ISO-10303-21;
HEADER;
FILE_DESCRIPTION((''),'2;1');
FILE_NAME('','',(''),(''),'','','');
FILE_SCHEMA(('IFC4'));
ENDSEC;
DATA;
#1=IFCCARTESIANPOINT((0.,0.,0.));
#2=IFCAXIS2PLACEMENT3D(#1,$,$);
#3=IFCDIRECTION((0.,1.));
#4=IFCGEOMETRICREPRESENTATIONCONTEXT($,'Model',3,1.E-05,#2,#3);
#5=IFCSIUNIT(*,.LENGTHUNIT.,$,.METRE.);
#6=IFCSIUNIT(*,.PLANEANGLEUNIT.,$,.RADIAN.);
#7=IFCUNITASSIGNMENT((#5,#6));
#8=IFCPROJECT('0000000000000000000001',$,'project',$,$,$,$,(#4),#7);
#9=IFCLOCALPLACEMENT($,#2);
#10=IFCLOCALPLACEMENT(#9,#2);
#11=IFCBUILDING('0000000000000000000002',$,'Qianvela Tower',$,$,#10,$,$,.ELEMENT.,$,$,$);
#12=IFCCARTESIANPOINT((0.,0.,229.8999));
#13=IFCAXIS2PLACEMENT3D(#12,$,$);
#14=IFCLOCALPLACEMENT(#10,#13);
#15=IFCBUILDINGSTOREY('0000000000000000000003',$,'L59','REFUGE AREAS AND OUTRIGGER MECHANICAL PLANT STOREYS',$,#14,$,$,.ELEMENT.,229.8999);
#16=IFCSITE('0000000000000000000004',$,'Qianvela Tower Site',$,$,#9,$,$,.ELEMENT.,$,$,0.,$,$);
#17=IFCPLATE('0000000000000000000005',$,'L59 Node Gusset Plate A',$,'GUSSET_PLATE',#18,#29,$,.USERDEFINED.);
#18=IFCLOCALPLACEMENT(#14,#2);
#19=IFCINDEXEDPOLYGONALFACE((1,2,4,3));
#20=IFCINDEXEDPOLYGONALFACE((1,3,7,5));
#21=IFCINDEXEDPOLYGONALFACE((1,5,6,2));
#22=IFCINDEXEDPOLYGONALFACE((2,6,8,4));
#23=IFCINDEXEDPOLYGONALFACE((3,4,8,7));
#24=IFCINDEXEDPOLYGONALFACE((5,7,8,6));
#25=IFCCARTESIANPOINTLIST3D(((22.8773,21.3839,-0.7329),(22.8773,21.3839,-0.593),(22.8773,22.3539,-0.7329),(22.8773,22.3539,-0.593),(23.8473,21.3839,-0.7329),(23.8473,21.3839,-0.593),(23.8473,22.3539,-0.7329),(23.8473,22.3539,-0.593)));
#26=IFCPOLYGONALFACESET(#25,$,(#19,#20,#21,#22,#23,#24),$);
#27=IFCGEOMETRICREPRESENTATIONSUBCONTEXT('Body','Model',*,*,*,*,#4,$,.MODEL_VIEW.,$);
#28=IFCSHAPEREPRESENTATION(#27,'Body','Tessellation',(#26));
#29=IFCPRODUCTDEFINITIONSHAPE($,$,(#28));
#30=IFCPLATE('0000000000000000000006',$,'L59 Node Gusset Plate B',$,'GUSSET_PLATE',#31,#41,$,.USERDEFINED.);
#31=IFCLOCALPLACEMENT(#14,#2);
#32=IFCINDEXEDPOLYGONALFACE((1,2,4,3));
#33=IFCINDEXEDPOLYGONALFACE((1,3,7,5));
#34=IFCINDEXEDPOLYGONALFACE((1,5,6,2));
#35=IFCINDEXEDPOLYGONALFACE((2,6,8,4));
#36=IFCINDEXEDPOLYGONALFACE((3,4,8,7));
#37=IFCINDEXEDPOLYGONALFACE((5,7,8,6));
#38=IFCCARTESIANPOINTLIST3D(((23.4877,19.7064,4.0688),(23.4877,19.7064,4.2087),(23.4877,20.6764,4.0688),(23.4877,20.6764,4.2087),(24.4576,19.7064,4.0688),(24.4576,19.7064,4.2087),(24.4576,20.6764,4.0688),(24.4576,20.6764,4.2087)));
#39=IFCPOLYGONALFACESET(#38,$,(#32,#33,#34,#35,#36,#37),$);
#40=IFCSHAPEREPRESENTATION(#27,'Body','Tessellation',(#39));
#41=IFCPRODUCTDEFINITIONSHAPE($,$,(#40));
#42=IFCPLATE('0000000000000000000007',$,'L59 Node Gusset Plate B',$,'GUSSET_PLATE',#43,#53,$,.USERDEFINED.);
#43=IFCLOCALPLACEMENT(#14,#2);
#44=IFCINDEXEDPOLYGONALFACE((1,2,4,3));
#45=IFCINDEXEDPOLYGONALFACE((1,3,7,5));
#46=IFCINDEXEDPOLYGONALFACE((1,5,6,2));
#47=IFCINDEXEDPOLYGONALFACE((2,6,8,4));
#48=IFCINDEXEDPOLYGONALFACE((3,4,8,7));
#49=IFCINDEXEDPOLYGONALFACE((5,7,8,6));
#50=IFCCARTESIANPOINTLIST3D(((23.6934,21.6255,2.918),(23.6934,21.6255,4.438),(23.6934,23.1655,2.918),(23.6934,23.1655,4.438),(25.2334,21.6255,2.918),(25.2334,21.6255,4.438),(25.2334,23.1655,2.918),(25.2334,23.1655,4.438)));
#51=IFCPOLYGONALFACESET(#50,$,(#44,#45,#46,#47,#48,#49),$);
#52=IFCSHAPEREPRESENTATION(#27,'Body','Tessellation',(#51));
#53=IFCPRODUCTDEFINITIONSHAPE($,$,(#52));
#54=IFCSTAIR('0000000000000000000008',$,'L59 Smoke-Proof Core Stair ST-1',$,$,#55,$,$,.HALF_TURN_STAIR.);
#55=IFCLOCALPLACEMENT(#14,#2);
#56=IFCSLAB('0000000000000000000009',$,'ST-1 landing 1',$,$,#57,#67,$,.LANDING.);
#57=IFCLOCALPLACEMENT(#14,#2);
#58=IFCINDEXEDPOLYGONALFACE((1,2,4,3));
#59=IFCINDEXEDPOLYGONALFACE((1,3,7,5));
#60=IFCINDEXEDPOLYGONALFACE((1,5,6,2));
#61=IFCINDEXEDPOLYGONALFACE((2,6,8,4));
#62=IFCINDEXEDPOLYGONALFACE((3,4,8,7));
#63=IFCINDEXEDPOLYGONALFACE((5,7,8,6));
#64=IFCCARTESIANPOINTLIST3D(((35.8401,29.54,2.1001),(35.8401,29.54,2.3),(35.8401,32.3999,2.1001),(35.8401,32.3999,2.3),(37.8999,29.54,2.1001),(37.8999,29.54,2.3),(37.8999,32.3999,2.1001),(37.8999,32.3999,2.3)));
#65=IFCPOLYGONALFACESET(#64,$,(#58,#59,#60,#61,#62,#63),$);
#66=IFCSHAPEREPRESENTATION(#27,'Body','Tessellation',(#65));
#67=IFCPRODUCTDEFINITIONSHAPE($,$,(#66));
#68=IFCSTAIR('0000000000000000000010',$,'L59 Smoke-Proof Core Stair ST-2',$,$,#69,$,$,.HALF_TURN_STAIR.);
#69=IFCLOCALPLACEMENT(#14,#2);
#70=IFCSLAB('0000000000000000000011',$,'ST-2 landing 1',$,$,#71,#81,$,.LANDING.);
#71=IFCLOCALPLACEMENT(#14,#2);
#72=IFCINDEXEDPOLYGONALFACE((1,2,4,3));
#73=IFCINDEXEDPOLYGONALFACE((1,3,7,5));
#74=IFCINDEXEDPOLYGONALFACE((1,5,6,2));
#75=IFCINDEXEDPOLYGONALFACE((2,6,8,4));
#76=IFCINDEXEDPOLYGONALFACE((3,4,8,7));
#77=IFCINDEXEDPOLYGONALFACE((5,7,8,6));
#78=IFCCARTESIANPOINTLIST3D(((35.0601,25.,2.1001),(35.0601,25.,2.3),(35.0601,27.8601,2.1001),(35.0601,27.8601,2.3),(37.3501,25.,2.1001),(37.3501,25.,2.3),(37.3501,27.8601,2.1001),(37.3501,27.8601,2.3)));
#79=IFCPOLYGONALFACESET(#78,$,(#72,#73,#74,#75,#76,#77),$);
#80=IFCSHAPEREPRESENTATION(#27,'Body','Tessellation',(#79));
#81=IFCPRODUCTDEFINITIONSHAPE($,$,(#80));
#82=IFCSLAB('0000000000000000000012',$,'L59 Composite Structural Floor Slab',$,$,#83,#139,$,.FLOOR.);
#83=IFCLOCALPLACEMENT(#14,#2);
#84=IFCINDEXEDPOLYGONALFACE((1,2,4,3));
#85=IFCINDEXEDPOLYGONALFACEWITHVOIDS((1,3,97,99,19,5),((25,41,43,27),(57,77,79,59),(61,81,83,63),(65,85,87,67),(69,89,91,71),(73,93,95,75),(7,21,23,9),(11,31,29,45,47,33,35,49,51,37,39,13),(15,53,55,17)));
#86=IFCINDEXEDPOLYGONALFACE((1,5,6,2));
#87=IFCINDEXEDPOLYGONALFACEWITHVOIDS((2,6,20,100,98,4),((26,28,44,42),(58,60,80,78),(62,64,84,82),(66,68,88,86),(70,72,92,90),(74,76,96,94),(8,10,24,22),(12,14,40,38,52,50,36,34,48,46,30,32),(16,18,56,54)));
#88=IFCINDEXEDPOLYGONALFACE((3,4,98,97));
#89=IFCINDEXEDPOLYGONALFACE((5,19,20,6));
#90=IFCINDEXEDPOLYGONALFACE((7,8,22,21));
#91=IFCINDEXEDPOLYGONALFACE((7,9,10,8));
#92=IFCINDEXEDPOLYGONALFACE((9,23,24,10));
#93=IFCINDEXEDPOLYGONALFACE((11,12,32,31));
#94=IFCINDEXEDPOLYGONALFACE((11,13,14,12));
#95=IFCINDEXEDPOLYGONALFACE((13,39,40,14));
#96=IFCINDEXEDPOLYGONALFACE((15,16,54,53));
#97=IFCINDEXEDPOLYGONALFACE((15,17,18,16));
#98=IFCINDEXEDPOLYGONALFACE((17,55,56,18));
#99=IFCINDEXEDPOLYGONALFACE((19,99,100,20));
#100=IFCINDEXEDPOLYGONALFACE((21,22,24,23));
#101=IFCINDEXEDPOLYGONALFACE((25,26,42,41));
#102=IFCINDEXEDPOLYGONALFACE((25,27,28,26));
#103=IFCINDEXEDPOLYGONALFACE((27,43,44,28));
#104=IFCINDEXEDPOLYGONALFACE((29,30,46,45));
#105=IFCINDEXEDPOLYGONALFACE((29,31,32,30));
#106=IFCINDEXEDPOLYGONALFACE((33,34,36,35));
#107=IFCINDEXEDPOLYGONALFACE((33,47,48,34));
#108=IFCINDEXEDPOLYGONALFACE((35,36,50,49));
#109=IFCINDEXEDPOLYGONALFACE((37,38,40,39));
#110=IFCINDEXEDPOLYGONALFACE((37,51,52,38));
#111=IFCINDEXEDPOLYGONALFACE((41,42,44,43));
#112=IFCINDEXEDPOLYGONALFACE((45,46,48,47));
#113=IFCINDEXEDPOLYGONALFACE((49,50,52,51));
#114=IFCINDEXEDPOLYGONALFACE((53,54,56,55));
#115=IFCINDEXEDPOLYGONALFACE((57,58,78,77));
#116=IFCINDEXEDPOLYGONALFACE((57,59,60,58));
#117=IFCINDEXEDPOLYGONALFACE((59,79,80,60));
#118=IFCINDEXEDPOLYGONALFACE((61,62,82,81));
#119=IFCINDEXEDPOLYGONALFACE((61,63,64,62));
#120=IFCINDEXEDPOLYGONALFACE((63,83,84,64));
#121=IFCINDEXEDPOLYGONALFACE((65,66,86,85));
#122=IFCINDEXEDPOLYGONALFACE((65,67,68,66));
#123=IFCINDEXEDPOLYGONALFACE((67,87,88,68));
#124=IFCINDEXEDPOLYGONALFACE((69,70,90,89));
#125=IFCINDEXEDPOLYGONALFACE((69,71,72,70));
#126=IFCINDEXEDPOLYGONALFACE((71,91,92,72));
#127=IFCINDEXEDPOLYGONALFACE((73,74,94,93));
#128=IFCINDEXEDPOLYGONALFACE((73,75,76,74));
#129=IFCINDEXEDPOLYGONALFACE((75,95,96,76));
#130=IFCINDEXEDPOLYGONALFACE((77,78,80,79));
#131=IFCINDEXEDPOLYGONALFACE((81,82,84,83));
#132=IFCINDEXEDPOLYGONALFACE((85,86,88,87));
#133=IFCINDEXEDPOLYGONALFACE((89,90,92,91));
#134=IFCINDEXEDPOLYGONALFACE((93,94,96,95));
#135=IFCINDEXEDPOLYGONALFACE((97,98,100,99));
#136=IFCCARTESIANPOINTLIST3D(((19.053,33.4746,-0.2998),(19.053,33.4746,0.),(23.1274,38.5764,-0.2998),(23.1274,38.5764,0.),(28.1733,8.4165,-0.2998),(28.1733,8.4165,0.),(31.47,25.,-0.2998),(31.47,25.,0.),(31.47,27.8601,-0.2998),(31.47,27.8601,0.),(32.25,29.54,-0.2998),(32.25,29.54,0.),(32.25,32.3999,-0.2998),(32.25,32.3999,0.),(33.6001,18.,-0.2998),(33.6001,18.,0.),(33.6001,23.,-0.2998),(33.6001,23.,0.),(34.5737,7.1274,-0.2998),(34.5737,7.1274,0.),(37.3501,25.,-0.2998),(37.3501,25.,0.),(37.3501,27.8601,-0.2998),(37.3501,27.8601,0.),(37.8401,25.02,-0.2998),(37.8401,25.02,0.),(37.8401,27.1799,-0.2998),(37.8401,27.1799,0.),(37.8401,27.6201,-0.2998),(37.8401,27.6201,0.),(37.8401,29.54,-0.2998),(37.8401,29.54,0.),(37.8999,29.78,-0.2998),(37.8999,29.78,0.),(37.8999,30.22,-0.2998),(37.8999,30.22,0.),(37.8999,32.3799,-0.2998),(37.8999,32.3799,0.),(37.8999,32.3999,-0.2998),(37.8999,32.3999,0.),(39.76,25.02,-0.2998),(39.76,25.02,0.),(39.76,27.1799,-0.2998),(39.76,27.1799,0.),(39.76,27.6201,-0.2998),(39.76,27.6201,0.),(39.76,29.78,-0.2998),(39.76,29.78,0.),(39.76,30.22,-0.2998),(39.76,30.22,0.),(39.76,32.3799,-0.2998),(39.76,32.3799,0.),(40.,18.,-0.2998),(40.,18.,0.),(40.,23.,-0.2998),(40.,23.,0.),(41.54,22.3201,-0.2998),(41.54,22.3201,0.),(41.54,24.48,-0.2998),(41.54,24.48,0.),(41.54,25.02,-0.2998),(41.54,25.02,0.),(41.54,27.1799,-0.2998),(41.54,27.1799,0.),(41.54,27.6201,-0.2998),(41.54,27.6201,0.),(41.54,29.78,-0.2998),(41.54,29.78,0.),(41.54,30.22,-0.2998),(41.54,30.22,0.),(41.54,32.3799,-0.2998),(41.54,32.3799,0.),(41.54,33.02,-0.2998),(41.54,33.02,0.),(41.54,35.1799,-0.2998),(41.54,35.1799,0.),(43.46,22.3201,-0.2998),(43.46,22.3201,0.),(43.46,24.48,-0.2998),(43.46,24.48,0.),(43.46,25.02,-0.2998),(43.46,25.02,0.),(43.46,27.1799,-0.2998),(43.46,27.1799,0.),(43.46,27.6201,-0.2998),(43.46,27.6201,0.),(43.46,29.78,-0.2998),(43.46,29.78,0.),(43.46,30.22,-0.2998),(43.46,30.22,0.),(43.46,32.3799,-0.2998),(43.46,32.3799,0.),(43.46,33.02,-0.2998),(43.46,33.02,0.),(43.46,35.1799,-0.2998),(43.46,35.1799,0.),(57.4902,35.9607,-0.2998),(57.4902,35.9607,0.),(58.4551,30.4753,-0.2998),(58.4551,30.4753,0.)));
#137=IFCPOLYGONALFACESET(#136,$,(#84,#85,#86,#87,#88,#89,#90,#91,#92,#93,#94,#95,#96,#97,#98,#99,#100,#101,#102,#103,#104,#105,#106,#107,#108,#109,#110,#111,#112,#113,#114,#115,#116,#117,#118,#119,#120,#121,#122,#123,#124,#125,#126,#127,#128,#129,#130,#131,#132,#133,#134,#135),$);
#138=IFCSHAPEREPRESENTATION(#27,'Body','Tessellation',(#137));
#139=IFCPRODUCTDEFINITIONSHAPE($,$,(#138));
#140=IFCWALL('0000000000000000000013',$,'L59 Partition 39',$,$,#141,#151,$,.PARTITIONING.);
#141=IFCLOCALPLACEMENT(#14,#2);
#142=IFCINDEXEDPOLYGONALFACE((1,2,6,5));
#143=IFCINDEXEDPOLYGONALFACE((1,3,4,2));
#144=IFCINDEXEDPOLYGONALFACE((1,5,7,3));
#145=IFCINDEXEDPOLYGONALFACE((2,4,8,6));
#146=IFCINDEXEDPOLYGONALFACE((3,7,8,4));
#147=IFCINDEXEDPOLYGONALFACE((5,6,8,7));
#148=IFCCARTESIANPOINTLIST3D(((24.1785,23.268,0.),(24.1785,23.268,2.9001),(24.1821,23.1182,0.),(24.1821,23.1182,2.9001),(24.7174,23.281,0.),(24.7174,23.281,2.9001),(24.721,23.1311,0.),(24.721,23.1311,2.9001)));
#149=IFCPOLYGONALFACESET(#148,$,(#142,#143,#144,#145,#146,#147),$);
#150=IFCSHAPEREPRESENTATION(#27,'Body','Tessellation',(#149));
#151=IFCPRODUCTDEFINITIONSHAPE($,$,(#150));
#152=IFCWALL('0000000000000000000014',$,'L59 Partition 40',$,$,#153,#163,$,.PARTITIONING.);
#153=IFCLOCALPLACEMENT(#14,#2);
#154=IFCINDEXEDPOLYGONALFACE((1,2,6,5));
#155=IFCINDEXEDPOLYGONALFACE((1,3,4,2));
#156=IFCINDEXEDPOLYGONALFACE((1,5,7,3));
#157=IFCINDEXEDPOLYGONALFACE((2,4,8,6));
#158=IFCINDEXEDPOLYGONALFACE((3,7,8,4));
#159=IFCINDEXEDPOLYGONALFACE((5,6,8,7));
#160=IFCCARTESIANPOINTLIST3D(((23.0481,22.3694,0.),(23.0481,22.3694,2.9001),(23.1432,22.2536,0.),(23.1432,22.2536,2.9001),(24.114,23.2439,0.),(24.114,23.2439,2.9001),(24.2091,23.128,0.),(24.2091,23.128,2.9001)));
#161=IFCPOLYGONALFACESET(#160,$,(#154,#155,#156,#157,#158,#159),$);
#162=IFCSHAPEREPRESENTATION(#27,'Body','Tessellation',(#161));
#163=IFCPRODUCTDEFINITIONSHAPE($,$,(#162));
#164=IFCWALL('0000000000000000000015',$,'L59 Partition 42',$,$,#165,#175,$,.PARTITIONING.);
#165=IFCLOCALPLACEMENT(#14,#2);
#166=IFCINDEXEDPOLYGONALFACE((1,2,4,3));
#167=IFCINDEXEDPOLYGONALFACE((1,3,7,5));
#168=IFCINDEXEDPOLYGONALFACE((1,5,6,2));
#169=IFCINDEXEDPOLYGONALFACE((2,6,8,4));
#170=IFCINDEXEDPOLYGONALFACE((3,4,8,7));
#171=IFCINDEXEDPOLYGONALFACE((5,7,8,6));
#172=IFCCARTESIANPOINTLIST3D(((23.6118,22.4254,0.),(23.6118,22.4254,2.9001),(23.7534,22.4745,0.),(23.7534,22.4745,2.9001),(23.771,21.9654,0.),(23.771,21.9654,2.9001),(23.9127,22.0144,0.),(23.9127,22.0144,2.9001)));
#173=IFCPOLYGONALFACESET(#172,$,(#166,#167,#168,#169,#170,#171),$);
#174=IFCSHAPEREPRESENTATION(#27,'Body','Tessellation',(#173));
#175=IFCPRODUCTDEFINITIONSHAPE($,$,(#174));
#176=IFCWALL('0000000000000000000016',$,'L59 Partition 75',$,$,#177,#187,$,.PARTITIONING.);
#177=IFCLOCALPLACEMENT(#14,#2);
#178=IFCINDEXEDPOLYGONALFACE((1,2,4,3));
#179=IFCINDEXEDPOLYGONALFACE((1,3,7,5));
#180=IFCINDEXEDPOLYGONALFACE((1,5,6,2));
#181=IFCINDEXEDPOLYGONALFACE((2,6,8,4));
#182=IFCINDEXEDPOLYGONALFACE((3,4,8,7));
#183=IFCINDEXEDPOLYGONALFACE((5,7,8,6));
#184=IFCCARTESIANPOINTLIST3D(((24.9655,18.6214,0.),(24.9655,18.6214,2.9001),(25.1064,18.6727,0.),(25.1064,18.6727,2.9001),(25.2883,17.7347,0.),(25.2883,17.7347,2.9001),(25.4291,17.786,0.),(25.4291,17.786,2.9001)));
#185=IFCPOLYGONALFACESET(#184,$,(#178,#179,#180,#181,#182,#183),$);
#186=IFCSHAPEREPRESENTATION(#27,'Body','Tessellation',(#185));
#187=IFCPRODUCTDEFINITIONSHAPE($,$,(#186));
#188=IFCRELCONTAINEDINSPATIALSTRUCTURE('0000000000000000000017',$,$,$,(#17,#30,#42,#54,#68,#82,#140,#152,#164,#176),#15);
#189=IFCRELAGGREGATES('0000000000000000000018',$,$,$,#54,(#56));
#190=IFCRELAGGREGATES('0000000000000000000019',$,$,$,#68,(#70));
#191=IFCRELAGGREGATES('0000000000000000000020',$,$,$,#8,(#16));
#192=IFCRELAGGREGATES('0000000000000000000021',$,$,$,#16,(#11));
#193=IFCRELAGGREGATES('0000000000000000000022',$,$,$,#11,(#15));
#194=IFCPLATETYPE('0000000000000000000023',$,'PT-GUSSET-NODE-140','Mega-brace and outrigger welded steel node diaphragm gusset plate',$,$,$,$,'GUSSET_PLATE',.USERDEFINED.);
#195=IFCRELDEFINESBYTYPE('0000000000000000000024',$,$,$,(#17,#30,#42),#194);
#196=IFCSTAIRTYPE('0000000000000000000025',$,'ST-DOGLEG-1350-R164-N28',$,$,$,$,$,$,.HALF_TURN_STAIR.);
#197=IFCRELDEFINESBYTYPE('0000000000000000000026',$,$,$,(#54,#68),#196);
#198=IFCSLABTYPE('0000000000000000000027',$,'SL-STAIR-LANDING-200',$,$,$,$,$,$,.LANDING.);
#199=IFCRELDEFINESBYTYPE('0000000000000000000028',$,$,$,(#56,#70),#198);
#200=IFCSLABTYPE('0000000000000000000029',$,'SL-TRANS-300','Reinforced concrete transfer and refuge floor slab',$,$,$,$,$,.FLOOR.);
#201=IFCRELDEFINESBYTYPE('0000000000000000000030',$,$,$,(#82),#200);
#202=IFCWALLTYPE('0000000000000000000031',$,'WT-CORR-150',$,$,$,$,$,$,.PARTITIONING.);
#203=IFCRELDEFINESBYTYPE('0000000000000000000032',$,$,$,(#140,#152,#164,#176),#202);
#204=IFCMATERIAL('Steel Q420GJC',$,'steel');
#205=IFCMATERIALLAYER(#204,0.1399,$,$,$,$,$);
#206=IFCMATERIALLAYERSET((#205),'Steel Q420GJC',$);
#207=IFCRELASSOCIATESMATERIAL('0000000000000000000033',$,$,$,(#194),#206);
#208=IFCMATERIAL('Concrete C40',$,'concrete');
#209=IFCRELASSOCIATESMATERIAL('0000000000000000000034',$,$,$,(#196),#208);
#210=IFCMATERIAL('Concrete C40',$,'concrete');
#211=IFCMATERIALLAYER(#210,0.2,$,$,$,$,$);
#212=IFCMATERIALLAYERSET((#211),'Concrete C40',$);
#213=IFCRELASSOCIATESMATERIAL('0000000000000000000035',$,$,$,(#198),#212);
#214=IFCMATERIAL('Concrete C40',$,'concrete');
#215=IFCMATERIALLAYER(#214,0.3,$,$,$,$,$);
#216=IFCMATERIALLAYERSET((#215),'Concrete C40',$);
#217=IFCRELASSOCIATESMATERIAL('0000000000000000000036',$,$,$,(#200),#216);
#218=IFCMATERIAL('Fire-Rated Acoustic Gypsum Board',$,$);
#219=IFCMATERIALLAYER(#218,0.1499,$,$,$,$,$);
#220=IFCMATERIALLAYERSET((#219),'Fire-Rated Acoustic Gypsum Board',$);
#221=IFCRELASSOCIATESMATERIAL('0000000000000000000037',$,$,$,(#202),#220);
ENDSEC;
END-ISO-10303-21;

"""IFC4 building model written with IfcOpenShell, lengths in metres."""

from ifc_helpers import new_model, si_unit, direction, frame, frame_2d, origin, origin_2d, place, context, subcontext, project, spatial, polyline, rectangle, outline, extrude, material, layer, layer_set, type_object, element, aggregate, save


model = new_model("IFC4")

# Units and contexts
model_context = context("Model", 3, precision=1e-05, world=origin(), true_north=direction((0.0, 1.0)))
body_context = subcontext(model_context, "Body", "Model", "MODEL_VIEW")
ifc_project = project(units=[si_unit("LENGTHUNIT", "METRE"), si_unit("PLANEANGLEUNIT", "RADIAN")], contexts=[model_context])

# Site, building, storey
site_placement = place(None, origin())
site = spatial("IfcSite", under=ifc_project, at=site_placement, Name="Qianvela Tower Site", CompositionType="ELEMENT", RefElevation=0.0)
building_placement = place(site_placement, origin())
building = spatial("IfcBuilding", under=site, at=building_placement, Name="Qianvela Tower", CompositionType="ELEMENT")
storey_placement = place(building_placement, frame((0.0, 0.0, 229.8999)))
storey = spatial("IfcBuildingStorey", under=building, at=storey_placement, Name="L59", Description="REFUGE AREAS AND OUTRIGGER MECHANICAL PLANT STOREYS", CompositionType="ELEMENT", Elevation=229.8999)

# Plates
ifc_material_1 = material(Name="Steel Q420GJC", Category="steel")
ifc_layer_1 = layer(ifc_material_1, 0.1399)
ifc_layer_set_1 = layer_set([ifc_layer_1], Name="Steel Q420GJC")
plate_type_1 = type_object("IfcPlateType", Name="PT-GUSSET-NODE-140", Description="Mega-brace and outrigger welded steel node diaphragm gusset plate", ElementType="GUSSET_PLATE", PredefinedType="USERDEFINED", material=ifc_layer_set_1)
for number, where, z_axis, x_axis, name in (
    (1, (23.3623, 21.8689, -0.7329), (0.0, 0.0, 1.0), (1.0, 0.0, 0.0), "L59 Node Gusset Plate A"),
    (2, (23.9727, 20.1914, 4.0688), (0.0, 0.0, 1.0), (1.0, 0.0, 0.0), "L59 Node Gusset Plate B"),
):
    element("IfcPlate", number, at=place(storey_placement, frame(where, z_axis=z_axis, x_axis=x_axis)), inside=storey, type_object=plate_type_1, Name=name, ObjectType="GUSSET_PLATE", PredefinedType="USERDEFINED", context=body_context, shape_type="SweptSolid", body=[
        extrude(rectangle(XDim=0.97, YDim=0.97, at=origin_2d()), origin(), (0.0, 0.0, 1.0), 0.1399),
    ])
plate_1_placement = place(storey_placement, frame((24.4634, 22.3955, 2.918), z_axis=(0.0, 0.0, 1.0), x_axis=(1.0, 0.0, 0.0)))
element("IfcPlate", 3, at=plate_1_placement, inside=storey, type_object=plate_type_1, Name="L59 Node Gusset Plate B", ObjectType="GUSSET_PLATE", PredefinedType="USERDEFINED", context=body_context, shape_type="SweptSolid", body=[
    extrude(rectangle(XDim=1.54, YDim=1.54, at=origin_2d()), origin(), (0.0, 0.0, 1.0), 1.52),
])

# Stairs, slabs
ifc_material_2 = material(Name="Concrete C40", Category="concrete")
stair_type = type_object("IfcStairType", Name="ST-DOGLEG-1350-R164-N28", PredefinedType="HALF_TURN_STAIR", material=ifc_material_2)
stair_1_placement = place(storey_placement, origin())
stair_1 = element("IfcStair", 4, at=stair_1_placement, inside=storey, type_object=stair_type, Name="L59 Smoke-Proof Core Stair ST-1", PredefinedType="HALF_TURN_STAIR")
ifc_material_3 = material(Name="Concrete C40", Category="concrete")
ifc_layer_2 = layer(ifc_material_3, 0.2)
ifc_layer_set_2 = layer_set([ifc_layer_2], Name="Concrete C40")
slab_type_1 = type_object("IfcSlabType", Name="SL-STAIR-LANDING-200", PredefinedType="LANDING", material=ifc_layer_set_2)
slab_1_placement = place(storey_placement, frame((0.0, 0.0, 2.1001)))
slab_1 = element("IfcSlab", 5, at=slab_1_placement, type_object=slab_type_1, Name="ST-1 landing 1", PredefinedType="LANDING", context=body_context, shape_type="SweptSolid", body=[
    extrude(outline(polyline([(35.8401, 29.54), (37.8999, 29.54), (37.8999, 32.3999), (35.8401, 32.3999), (35.8401, 29.54)])), origin(), (0.0, 0.0, 1.0), 0.2),
])
aggregate(stair_1, [slab_1])
stair_2_placement = place(storey_placement, origin())
stair_2 = element("IfcStair", 6, at=stair_2_placement, inside=storey, type_object=stair_type, Name="L59 Smoke-Proof Core Stair ST-2", PredefinedType="HALF_TURN_STAIR")
slab_2_placement = place(storey_placement, frame((0.0, 0.0, 2.1001)))
slab_2 = element("IfcSlab", 7, at=slab_2_placement, type_object=slab_type_1, Name="ST-2 landing 1", PredefinedType="LANDING", context=body_context, shape_type="SweptSolid", body=[
    extrude(outline(polyline([(35.0601, 25.0), (37.3501, 25.0), (37.3501, 27.8601), (35.0601, 27.8601), (35.0601, 25.0)])), origin(), (0.0, 0.0, 1.0), 0.2),
])
aggregate(stair_2, [slab_2])

# Slab
ifc_material_4 = material(Name="Concrete C40", Category="concrete")
ifc_layer_3 = layer(ifc_material_4, 0.3)
ifc_layer_set_3 = layer_set([ifc_layer_3], Name="Concrete C40")
slab_type_2 = type_object("IfcSlabType", Name="SL-TRANS-300", Description="Reinforced concrete transfer and refuge floor slab", PredefinedType="FLOOR", material=ifc_layer_set_3)
slab_3_placement = place(storey_placement, frame((0.0, 0.0, -0.2998)))
element("IfcSlab", 8, at=slab_3_placement, inside=storey, type_object=slab_type_2, Name="L59 Composite Structural Floor Slab", PredefinedType="FLOOR", context=body_context, shape_type="SweptSolid", body=[
    extrude(outline(polyline([(58.4551, 30.4753), (57.4902, 35.9607), (23.1274, 38.5764), (19.053, 33.4746), (28.1733, 8.4165), (34.5737, 7.1274), (58.4551, 30.4753)]), holes=[polyline([(40.0, 23.0), (33.6001, 23.0), (33.6001, 18.0), (40.0, 18.0), (40.0, 23.0)]), polyline([(39.76, 27.1799), (37.8401, 27.1799), (37.8401, 25.02), (39.76, 25.02), (39.76, 27.1799)]), polyline([(37.3501, 27.8601), (31.47, 27.8601), (31.47, 25.0), (37.3501, 25.0), (37.3501, 27.8601)]), polyline([(37.8401, 27.6201), (39.76, 27.6201), (39.76, 29.78), (37.8999, 29.78), (37.8999, 30.22), (39.76, 30.22), (39.76, 32.3799), (37.8999, 32.3799), (37.8999, 32.3999), (32.25, 32.3999), (32.25, 29.54), (37.8401, 29.54), (37.8401, 27.6201)]), polyline([(43.46, 22.3201), (43.46, 24.48), (41.54, 24.48), (41.54, 22.3201), (43.46, 22.3201)]), polyline([(43.46, 25.02), (43.46, 27.1799), (41.54, 27.1799), (41.54, 25.02), (43.46, 25.02)]), polyline([(43.46, 29.78), (41.54, 29.78), (41.54, 27.6201), (43.46, 27.6201), (43.46, 29.78)]), polyline([(43.46, 30.22), (43.46, 32.3799), (41.54, 32.3799), (41.54, 30.22), (43.46, 30.22)]), polyline([(43.46, 33.02), (43.46, 35.1799), (41.54, 35.1799), (41.54, 33.02), (43.46, 33.02)])]), origin(), (0.0, 0.0, 1.0), 0.2998),
])

# Walls
ifc_material_5 = material(Name="Fire-Rated Acoustic Gypsum Board")
ifc_layer_4 = layer(ifc_material_5, 0.1499)
ifc_layer_set_4 = layer_set([ifc_layer_4], Name="Fire-Rated Acoustic Gypsum Board")
wall_type = type_object("IfcWallType", Name="WT-CORR-150", PredefinedType="PARTITIONING", material=ifc_layer_set_4)
wall_1_placement = place(storey_placement, frame((24.7192, 23.2061, 0.0), z_axis=(0.0, 0.0, 1.0), x_axis=(-0.999712, -0.024008, 0.0)))
element("IfcWall", 9, at=wall_1_placement, inside=storey, type_object=wall_type, Name="L59 Partition 39", PredefinedType="PARTITIONING", context=body_context, shape_type="SweptSolid", body=[
    extrude(rectangle(XDim=0.5391, YDim=0.1499, at=frame_2d((0.2695, 0.0))), origin(), (0.0, 0.0, 1.0), 2.9001),
])
wall_2_placement = place(storey_placement, frame((24.1616, 23.186, 0.0), z_axis=(0.0, 0.0, 1.0), x_axis=(-0.773105, -0.634279, 0.0)))
element("IfcWall", 10, at=wall_2_placement, inside=storey, type_object=wall_type, Name="L59 Partition 40", PredefinedType="PARTITIONING", context=body_context, shape_type="SweptSolid", body=[
    extrude(rectangle(XDim=1.3787, YDim=0.1499, at=frame_2d((0.6895, 0.0))), origin(), (0.0, 0.0, 1.0), 2.9001),
])
wall_3_placement = place(storey_placement, frame((23.6826, 22.45, 0.0), z_axis=(0.0, 0.0, 1.0), x_axis=(0.327042, -0.94501, 0.0)))
element("IfcWall", 11, at=wall_3_placement, inside=storey, type_object=wall_type, Name="L59 Partition 42", PredefinedType="PARTITIONING", context=body_context, shape_type="SweptSolid", body=[
    extrude(rectangle(XDim=0.4868, YDim=0.1499, at=frame_2d((0.2434, 0.0))), origin(), (0.0, 0.0, 1.0), 2.9001),
])
wall_4_placement = place(storey_placement, frame((25.3586, 17.7605, 0.0), z_axis=(0.0, 0.0, 1.0), x_axis=(-0.342034, 0.939688, 0.0)))
element("IfcWall", 12, at=wall_4_placement, inside=storey, type_object=wall_type, Name="L59 Partition 75", PredefinedType="PARTITIONING", context=body_context, shape_type="SweptSolid", body=[
    extrude(rectangle(XDim=0.9436, YDim=0.1499, at=frame_2d((0.4717, 0.0))), origin(), (0.0, 0.0, 1.0), 2.9001),
])

save(model, "model.ifc")
